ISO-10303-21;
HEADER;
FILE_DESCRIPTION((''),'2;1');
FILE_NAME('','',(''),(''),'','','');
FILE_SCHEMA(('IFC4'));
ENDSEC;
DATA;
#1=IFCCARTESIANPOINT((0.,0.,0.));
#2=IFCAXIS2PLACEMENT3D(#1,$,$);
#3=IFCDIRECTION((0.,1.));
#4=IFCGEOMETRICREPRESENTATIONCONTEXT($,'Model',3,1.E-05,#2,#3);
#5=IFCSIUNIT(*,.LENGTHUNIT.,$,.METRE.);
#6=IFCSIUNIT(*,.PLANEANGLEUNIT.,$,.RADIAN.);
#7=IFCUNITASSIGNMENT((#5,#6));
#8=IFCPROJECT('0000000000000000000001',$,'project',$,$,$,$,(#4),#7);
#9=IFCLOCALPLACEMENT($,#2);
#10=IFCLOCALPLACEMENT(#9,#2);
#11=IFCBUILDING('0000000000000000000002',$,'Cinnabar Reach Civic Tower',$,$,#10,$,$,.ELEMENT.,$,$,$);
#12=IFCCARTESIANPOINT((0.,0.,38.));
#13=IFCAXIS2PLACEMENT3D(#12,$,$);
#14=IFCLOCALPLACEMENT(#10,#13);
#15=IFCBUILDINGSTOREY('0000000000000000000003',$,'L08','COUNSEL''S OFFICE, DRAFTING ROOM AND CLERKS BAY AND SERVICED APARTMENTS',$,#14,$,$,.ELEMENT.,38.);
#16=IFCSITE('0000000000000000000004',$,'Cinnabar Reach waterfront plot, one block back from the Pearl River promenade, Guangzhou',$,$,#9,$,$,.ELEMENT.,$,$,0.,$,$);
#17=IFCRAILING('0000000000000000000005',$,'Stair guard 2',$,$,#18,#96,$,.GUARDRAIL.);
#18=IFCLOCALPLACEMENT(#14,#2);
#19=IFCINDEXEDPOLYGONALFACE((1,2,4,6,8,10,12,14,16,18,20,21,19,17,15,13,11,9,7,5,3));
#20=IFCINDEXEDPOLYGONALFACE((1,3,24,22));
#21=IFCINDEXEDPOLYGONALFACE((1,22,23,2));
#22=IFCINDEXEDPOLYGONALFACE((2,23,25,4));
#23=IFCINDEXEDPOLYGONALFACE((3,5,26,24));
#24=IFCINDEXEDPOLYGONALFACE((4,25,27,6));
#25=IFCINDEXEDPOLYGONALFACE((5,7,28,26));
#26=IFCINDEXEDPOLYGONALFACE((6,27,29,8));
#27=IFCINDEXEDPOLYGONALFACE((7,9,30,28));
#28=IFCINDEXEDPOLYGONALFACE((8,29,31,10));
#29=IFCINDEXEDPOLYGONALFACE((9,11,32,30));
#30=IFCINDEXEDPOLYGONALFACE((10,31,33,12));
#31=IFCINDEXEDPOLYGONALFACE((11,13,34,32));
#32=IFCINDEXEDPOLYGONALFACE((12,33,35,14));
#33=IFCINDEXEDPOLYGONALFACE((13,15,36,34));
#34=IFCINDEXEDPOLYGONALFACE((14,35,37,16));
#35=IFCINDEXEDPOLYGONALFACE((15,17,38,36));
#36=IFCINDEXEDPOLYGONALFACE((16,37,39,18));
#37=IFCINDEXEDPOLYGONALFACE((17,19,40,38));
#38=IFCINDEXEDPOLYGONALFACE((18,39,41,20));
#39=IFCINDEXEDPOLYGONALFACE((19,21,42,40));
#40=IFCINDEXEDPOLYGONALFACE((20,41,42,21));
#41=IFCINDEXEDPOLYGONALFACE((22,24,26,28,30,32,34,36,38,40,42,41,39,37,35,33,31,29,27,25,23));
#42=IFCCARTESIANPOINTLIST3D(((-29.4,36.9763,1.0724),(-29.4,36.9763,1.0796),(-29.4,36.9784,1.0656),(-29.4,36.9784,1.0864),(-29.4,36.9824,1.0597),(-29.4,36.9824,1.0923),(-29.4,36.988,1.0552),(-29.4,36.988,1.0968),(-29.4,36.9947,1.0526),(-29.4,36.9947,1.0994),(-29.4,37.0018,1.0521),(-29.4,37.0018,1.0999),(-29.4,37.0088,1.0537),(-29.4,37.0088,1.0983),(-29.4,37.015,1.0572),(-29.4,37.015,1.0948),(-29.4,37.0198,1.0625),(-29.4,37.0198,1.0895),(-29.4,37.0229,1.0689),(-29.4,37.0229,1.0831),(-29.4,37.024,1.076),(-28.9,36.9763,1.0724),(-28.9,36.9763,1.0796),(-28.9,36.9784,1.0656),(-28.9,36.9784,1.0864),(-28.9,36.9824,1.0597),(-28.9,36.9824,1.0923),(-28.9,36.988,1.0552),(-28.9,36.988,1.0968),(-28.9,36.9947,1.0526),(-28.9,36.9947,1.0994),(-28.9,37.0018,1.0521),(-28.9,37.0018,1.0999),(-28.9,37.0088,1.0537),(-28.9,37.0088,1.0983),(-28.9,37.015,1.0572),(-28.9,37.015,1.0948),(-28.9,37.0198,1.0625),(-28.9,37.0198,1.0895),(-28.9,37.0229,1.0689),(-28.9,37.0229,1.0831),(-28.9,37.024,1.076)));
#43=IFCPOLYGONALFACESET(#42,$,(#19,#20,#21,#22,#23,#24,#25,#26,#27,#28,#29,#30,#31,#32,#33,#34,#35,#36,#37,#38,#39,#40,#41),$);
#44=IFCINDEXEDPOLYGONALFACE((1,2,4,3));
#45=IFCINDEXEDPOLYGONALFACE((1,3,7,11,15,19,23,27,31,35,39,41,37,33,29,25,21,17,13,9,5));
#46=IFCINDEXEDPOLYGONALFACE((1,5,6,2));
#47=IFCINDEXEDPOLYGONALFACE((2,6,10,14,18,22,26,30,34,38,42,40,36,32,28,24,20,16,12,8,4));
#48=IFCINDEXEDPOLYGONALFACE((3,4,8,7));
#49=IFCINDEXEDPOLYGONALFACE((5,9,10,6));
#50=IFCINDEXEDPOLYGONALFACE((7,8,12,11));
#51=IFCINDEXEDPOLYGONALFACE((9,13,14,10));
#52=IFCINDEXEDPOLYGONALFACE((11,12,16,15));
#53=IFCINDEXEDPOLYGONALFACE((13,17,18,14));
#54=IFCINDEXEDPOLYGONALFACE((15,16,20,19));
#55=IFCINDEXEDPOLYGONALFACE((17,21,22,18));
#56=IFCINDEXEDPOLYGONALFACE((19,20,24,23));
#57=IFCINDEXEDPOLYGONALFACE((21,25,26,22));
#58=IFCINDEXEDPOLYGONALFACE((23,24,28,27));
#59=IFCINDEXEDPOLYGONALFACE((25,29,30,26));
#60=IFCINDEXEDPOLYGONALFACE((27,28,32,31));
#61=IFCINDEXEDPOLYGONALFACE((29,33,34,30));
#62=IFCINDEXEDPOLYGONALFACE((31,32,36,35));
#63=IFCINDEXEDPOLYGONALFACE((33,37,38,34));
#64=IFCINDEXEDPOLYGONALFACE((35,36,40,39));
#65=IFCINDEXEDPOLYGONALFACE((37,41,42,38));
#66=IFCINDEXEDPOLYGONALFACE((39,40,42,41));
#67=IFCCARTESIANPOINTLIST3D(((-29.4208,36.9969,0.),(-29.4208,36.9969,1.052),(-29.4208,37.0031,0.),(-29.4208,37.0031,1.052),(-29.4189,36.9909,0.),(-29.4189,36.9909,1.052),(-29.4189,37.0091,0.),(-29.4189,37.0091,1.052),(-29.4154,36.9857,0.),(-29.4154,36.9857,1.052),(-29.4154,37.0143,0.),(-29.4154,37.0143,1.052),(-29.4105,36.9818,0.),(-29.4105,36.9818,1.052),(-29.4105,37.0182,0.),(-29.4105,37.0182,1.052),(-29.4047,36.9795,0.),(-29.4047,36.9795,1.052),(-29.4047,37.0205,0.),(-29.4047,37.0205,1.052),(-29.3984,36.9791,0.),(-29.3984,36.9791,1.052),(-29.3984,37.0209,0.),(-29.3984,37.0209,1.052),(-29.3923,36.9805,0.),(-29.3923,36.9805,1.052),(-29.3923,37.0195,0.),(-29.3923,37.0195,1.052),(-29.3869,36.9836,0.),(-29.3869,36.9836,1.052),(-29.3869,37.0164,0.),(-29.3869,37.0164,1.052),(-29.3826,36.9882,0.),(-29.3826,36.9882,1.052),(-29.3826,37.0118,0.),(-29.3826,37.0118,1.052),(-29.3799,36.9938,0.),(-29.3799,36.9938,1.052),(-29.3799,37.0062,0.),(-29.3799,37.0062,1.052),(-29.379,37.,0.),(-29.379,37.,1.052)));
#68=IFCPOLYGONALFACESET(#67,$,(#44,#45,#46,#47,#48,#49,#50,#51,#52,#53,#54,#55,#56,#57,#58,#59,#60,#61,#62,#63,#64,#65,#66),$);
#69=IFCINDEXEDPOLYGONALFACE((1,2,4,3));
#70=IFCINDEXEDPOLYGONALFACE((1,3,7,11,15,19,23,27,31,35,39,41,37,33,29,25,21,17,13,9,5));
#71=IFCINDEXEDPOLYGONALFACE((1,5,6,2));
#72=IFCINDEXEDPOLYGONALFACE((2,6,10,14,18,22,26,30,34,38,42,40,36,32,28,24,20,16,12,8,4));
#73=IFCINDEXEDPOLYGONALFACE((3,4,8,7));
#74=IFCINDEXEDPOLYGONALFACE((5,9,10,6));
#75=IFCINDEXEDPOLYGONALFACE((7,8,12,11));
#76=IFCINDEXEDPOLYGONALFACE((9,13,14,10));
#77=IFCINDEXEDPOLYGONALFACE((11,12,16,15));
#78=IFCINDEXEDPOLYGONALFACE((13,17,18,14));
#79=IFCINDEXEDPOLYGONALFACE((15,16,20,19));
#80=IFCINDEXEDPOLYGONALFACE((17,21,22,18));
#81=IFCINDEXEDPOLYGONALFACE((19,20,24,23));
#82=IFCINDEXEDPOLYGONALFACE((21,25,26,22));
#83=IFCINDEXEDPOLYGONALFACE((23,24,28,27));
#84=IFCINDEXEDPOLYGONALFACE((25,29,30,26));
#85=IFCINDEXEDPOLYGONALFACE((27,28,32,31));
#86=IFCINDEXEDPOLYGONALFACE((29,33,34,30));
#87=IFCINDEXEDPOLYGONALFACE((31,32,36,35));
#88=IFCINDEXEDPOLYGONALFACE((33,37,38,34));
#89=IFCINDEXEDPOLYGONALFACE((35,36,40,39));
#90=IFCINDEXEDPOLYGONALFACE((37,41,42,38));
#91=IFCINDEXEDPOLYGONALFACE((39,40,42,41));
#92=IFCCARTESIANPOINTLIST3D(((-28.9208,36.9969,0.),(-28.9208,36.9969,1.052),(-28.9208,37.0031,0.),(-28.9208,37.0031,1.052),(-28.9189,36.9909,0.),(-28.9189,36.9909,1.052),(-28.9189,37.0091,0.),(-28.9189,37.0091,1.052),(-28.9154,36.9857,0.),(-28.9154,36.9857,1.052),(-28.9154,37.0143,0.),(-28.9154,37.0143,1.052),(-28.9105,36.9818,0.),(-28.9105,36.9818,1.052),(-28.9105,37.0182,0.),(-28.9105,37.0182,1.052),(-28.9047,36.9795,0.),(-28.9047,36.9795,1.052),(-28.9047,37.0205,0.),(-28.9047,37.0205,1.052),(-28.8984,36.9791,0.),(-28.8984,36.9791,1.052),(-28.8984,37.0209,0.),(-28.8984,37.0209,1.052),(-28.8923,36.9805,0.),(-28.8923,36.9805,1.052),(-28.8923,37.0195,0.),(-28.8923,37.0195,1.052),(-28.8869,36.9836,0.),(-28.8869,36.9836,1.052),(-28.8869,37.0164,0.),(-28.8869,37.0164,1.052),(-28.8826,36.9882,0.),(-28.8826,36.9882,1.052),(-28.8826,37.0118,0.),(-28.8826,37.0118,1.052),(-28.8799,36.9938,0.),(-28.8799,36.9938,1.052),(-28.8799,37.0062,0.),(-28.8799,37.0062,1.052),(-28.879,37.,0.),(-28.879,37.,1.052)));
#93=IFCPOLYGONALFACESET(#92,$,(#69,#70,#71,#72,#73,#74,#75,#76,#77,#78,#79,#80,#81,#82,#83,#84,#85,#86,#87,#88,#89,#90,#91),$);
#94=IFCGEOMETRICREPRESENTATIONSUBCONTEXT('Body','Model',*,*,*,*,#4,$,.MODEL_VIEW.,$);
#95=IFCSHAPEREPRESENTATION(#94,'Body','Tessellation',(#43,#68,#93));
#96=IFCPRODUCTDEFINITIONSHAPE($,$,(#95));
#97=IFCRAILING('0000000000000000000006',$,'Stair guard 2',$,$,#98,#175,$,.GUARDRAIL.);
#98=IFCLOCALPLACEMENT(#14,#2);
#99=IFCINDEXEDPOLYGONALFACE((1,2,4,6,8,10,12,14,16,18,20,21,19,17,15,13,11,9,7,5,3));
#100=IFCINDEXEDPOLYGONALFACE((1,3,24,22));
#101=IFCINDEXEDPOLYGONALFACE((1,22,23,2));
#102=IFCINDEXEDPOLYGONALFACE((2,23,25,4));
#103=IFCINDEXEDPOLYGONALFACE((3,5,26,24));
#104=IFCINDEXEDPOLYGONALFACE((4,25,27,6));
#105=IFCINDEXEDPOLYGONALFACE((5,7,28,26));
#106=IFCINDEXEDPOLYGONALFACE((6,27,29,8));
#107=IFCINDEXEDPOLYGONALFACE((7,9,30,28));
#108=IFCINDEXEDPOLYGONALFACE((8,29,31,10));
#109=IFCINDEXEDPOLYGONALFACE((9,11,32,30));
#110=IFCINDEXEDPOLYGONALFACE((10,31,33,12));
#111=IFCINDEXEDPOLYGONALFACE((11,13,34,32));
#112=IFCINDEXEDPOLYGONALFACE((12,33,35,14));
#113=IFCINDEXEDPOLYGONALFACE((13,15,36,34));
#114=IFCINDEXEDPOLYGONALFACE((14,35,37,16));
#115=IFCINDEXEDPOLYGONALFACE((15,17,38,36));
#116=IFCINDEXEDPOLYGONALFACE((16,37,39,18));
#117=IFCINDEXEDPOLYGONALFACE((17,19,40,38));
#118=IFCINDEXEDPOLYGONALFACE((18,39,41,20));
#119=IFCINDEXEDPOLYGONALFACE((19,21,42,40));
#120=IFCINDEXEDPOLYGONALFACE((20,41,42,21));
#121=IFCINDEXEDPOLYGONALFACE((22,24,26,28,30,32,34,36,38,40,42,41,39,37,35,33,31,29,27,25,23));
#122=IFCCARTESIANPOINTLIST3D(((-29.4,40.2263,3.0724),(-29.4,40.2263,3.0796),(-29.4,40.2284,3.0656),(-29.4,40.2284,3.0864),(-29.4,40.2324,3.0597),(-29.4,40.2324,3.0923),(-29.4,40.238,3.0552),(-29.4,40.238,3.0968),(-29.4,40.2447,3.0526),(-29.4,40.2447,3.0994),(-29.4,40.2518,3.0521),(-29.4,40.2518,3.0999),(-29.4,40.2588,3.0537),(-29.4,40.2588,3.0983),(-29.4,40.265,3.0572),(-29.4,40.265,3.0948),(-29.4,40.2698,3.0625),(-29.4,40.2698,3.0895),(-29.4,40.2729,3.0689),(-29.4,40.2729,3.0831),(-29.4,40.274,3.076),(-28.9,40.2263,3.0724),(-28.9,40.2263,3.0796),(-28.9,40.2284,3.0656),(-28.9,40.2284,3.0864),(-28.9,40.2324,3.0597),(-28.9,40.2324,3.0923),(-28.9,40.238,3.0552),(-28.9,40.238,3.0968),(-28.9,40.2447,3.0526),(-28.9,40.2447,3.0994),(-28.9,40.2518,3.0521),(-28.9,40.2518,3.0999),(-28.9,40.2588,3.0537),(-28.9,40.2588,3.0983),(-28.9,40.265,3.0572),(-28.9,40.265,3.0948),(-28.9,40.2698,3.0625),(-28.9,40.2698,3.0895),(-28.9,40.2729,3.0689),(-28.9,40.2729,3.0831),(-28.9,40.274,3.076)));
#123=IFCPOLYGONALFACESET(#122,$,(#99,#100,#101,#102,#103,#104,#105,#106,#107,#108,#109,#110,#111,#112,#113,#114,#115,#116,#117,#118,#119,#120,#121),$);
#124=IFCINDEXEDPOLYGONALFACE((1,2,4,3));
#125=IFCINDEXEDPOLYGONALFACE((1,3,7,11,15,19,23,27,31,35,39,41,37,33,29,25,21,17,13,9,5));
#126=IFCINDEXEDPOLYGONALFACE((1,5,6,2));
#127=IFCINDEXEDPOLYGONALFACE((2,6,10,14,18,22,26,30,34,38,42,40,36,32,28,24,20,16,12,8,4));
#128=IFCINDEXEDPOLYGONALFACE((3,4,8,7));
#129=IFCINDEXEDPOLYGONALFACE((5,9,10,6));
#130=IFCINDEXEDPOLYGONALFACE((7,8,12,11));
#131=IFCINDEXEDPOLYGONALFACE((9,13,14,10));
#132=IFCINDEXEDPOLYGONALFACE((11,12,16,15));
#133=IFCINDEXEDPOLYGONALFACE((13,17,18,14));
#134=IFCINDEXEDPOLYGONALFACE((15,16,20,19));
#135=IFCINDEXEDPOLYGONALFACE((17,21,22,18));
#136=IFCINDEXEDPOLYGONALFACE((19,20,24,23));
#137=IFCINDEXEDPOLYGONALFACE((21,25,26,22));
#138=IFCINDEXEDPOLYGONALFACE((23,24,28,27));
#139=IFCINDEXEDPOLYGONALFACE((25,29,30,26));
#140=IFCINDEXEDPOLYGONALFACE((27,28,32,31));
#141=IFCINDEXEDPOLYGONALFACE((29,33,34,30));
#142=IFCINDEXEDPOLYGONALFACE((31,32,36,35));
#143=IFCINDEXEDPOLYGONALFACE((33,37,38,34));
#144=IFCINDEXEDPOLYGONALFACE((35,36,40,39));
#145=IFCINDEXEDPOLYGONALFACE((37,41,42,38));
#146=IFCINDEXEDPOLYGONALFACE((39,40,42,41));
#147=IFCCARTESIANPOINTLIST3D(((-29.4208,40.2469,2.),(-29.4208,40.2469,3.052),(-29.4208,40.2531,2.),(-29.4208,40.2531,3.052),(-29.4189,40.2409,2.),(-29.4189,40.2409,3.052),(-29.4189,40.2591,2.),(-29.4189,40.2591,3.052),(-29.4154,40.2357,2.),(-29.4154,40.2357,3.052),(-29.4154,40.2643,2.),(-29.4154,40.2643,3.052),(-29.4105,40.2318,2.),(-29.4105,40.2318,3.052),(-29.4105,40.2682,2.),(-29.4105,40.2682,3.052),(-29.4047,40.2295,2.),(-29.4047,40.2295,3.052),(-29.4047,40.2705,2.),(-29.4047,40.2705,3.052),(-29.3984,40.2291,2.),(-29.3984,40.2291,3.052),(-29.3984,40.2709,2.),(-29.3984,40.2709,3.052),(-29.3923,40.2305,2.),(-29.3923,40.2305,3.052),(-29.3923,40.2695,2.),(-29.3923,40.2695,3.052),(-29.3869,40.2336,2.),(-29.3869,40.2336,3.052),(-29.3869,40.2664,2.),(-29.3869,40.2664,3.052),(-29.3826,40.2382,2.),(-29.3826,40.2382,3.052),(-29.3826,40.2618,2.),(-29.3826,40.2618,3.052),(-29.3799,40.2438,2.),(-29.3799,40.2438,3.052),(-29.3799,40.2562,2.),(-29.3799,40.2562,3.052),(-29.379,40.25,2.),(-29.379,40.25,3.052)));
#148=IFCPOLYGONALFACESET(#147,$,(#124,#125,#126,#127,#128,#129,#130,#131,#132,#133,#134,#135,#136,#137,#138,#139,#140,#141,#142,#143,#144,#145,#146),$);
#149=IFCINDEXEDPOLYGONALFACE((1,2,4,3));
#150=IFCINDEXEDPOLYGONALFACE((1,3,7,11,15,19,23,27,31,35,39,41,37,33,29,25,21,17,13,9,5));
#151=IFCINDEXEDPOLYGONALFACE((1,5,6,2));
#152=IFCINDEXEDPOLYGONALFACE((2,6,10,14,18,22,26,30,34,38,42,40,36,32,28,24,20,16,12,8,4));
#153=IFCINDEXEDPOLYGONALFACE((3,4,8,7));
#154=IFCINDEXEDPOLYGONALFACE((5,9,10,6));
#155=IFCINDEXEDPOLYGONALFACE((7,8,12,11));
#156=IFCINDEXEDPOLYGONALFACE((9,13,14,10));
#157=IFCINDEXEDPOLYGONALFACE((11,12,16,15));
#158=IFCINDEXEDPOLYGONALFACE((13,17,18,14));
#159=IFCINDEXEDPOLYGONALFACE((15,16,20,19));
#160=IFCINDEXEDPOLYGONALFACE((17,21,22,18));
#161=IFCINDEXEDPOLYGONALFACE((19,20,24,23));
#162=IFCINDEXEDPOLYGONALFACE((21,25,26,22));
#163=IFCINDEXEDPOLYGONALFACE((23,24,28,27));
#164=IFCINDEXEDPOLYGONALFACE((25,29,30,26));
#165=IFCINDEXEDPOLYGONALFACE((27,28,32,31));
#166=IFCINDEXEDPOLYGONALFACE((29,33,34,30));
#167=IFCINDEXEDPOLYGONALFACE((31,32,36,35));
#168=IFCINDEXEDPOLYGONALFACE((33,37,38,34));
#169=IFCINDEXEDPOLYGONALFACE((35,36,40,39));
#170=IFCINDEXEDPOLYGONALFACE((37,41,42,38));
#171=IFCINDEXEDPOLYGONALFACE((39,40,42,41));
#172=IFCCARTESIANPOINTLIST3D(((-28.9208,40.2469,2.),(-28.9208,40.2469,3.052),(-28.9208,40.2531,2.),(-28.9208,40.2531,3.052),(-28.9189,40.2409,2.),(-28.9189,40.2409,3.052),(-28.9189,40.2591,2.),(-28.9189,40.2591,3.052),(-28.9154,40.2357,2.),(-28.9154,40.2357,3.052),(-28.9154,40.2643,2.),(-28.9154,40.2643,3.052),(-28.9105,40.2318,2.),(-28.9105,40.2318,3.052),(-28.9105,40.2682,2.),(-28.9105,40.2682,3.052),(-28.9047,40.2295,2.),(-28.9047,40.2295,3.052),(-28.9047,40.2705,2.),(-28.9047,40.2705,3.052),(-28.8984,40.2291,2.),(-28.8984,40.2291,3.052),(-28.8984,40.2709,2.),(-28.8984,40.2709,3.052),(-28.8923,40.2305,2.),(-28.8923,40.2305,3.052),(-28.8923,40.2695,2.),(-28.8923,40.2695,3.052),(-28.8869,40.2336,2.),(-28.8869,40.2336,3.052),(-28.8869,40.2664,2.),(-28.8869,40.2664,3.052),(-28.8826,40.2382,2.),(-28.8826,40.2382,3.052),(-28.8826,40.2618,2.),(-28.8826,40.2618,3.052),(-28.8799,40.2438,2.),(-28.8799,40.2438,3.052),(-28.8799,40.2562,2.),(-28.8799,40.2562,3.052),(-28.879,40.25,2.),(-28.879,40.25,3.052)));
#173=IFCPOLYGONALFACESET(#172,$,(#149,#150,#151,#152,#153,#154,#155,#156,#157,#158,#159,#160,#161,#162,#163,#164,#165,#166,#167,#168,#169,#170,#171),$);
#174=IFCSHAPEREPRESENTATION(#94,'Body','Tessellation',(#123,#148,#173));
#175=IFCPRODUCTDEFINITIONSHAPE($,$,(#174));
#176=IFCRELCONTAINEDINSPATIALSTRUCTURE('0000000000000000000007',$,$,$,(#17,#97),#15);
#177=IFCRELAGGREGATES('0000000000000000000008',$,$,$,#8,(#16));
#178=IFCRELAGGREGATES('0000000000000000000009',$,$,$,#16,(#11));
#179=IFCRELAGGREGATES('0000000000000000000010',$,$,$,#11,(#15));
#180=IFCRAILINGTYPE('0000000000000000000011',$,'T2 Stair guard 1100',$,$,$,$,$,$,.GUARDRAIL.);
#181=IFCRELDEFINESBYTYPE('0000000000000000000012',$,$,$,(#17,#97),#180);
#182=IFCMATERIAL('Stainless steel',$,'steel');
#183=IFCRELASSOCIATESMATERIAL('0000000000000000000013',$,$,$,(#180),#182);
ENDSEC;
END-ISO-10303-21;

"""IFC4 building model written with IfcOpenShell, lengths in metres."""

from ifc_helpers import new_model, si_unit, direction, frame, origin, origin_2d, place, context, subcontext, project, spatial, circle, extrude, material, type_object, element, save


model = new_model("IFC4")

# Units and contexts
model_context = context("Model", 3, precision=1e-05, world=origin(), true_north=direction((0.0, 1.0)))
body_context = subcontext(model_context, "Body", "Model", "MODEL_VIEW")
ifc_project = project(units=[si_unit("LENGTHUNIT", "METRE"), si_unit("PLANEANGLEUNIT", "RADIAN")], contexts=[model_context])

# Site, building, storey
site_placement = place(None, origin())
site = spatial("IfcSite", under=ifc_project, at=site_placement, Name="Cinnabar Reach waterfront plot, one block back from the Pearl River promenade, Guangzhou", CompositionType="ELEMENT", RefElevation=0.0)
building_placement = place(site_placement, origin())
building = spatial("IfcBuilding", under=site, at=building_placement, Name="Cinnabar Reach Civic Tower", CompositionType="ELEMENT")
storey_placement = place(building_placement, frame((0.0, 0.0, 38.0)))
storey = spatial("IfcBuildingStorey", under=building, at=storey_placement, Name="L08", Description="COUNSEL'S OFFICE, DRAFTING ROOM AND CLERKS BAY AND SERVICED APARTMENTS", CompositionType="ELEMENT", Elevation=38.0)

# Railings
ifc_material_1 = material(Name="Stainless steel", Category="steel")
railing_type = type_object("IfcRailingType", Name="T2 Stair guard 1100", PredefinedType="GUARDRAIL", material=ifc_material_1)
for number, where, name in (
    (1, (-29.4, 37.0, 0.0), "Stair guard 2"),
    (2, (-29.4, 40.25, 2.0), "Stair guard 2"),
):
    element("IfcRailing", number, at=place(storey_placement, frame(where)), inside=storey, type_object=railing_type, Name=name, PredefinedType="GUARDRAIL", context=body_context, shape_type="SweptSolid", body=[
        extrude(circle(Radius=0.024, at=origin_2d()), frame((0.0, 0.0, 1.076), z_axis=(1.0, 0.0, 0.0), x_axis=(0.0, 1.0, 0.0)), (0.0, 0.0, 1.0), 0.5),
        extrude(circle(Radius=0.021, at=origin_2d()), origin(), (0.0, 0.0, 1.0), 1.052),
        extrude(circle(Radius=0.021, at=origin_2d()), frame((0.5, 0.0, 0.0)), (0.0, 0.0, 1.0), 1.052),
    ])

save(model, "model.ifc")
